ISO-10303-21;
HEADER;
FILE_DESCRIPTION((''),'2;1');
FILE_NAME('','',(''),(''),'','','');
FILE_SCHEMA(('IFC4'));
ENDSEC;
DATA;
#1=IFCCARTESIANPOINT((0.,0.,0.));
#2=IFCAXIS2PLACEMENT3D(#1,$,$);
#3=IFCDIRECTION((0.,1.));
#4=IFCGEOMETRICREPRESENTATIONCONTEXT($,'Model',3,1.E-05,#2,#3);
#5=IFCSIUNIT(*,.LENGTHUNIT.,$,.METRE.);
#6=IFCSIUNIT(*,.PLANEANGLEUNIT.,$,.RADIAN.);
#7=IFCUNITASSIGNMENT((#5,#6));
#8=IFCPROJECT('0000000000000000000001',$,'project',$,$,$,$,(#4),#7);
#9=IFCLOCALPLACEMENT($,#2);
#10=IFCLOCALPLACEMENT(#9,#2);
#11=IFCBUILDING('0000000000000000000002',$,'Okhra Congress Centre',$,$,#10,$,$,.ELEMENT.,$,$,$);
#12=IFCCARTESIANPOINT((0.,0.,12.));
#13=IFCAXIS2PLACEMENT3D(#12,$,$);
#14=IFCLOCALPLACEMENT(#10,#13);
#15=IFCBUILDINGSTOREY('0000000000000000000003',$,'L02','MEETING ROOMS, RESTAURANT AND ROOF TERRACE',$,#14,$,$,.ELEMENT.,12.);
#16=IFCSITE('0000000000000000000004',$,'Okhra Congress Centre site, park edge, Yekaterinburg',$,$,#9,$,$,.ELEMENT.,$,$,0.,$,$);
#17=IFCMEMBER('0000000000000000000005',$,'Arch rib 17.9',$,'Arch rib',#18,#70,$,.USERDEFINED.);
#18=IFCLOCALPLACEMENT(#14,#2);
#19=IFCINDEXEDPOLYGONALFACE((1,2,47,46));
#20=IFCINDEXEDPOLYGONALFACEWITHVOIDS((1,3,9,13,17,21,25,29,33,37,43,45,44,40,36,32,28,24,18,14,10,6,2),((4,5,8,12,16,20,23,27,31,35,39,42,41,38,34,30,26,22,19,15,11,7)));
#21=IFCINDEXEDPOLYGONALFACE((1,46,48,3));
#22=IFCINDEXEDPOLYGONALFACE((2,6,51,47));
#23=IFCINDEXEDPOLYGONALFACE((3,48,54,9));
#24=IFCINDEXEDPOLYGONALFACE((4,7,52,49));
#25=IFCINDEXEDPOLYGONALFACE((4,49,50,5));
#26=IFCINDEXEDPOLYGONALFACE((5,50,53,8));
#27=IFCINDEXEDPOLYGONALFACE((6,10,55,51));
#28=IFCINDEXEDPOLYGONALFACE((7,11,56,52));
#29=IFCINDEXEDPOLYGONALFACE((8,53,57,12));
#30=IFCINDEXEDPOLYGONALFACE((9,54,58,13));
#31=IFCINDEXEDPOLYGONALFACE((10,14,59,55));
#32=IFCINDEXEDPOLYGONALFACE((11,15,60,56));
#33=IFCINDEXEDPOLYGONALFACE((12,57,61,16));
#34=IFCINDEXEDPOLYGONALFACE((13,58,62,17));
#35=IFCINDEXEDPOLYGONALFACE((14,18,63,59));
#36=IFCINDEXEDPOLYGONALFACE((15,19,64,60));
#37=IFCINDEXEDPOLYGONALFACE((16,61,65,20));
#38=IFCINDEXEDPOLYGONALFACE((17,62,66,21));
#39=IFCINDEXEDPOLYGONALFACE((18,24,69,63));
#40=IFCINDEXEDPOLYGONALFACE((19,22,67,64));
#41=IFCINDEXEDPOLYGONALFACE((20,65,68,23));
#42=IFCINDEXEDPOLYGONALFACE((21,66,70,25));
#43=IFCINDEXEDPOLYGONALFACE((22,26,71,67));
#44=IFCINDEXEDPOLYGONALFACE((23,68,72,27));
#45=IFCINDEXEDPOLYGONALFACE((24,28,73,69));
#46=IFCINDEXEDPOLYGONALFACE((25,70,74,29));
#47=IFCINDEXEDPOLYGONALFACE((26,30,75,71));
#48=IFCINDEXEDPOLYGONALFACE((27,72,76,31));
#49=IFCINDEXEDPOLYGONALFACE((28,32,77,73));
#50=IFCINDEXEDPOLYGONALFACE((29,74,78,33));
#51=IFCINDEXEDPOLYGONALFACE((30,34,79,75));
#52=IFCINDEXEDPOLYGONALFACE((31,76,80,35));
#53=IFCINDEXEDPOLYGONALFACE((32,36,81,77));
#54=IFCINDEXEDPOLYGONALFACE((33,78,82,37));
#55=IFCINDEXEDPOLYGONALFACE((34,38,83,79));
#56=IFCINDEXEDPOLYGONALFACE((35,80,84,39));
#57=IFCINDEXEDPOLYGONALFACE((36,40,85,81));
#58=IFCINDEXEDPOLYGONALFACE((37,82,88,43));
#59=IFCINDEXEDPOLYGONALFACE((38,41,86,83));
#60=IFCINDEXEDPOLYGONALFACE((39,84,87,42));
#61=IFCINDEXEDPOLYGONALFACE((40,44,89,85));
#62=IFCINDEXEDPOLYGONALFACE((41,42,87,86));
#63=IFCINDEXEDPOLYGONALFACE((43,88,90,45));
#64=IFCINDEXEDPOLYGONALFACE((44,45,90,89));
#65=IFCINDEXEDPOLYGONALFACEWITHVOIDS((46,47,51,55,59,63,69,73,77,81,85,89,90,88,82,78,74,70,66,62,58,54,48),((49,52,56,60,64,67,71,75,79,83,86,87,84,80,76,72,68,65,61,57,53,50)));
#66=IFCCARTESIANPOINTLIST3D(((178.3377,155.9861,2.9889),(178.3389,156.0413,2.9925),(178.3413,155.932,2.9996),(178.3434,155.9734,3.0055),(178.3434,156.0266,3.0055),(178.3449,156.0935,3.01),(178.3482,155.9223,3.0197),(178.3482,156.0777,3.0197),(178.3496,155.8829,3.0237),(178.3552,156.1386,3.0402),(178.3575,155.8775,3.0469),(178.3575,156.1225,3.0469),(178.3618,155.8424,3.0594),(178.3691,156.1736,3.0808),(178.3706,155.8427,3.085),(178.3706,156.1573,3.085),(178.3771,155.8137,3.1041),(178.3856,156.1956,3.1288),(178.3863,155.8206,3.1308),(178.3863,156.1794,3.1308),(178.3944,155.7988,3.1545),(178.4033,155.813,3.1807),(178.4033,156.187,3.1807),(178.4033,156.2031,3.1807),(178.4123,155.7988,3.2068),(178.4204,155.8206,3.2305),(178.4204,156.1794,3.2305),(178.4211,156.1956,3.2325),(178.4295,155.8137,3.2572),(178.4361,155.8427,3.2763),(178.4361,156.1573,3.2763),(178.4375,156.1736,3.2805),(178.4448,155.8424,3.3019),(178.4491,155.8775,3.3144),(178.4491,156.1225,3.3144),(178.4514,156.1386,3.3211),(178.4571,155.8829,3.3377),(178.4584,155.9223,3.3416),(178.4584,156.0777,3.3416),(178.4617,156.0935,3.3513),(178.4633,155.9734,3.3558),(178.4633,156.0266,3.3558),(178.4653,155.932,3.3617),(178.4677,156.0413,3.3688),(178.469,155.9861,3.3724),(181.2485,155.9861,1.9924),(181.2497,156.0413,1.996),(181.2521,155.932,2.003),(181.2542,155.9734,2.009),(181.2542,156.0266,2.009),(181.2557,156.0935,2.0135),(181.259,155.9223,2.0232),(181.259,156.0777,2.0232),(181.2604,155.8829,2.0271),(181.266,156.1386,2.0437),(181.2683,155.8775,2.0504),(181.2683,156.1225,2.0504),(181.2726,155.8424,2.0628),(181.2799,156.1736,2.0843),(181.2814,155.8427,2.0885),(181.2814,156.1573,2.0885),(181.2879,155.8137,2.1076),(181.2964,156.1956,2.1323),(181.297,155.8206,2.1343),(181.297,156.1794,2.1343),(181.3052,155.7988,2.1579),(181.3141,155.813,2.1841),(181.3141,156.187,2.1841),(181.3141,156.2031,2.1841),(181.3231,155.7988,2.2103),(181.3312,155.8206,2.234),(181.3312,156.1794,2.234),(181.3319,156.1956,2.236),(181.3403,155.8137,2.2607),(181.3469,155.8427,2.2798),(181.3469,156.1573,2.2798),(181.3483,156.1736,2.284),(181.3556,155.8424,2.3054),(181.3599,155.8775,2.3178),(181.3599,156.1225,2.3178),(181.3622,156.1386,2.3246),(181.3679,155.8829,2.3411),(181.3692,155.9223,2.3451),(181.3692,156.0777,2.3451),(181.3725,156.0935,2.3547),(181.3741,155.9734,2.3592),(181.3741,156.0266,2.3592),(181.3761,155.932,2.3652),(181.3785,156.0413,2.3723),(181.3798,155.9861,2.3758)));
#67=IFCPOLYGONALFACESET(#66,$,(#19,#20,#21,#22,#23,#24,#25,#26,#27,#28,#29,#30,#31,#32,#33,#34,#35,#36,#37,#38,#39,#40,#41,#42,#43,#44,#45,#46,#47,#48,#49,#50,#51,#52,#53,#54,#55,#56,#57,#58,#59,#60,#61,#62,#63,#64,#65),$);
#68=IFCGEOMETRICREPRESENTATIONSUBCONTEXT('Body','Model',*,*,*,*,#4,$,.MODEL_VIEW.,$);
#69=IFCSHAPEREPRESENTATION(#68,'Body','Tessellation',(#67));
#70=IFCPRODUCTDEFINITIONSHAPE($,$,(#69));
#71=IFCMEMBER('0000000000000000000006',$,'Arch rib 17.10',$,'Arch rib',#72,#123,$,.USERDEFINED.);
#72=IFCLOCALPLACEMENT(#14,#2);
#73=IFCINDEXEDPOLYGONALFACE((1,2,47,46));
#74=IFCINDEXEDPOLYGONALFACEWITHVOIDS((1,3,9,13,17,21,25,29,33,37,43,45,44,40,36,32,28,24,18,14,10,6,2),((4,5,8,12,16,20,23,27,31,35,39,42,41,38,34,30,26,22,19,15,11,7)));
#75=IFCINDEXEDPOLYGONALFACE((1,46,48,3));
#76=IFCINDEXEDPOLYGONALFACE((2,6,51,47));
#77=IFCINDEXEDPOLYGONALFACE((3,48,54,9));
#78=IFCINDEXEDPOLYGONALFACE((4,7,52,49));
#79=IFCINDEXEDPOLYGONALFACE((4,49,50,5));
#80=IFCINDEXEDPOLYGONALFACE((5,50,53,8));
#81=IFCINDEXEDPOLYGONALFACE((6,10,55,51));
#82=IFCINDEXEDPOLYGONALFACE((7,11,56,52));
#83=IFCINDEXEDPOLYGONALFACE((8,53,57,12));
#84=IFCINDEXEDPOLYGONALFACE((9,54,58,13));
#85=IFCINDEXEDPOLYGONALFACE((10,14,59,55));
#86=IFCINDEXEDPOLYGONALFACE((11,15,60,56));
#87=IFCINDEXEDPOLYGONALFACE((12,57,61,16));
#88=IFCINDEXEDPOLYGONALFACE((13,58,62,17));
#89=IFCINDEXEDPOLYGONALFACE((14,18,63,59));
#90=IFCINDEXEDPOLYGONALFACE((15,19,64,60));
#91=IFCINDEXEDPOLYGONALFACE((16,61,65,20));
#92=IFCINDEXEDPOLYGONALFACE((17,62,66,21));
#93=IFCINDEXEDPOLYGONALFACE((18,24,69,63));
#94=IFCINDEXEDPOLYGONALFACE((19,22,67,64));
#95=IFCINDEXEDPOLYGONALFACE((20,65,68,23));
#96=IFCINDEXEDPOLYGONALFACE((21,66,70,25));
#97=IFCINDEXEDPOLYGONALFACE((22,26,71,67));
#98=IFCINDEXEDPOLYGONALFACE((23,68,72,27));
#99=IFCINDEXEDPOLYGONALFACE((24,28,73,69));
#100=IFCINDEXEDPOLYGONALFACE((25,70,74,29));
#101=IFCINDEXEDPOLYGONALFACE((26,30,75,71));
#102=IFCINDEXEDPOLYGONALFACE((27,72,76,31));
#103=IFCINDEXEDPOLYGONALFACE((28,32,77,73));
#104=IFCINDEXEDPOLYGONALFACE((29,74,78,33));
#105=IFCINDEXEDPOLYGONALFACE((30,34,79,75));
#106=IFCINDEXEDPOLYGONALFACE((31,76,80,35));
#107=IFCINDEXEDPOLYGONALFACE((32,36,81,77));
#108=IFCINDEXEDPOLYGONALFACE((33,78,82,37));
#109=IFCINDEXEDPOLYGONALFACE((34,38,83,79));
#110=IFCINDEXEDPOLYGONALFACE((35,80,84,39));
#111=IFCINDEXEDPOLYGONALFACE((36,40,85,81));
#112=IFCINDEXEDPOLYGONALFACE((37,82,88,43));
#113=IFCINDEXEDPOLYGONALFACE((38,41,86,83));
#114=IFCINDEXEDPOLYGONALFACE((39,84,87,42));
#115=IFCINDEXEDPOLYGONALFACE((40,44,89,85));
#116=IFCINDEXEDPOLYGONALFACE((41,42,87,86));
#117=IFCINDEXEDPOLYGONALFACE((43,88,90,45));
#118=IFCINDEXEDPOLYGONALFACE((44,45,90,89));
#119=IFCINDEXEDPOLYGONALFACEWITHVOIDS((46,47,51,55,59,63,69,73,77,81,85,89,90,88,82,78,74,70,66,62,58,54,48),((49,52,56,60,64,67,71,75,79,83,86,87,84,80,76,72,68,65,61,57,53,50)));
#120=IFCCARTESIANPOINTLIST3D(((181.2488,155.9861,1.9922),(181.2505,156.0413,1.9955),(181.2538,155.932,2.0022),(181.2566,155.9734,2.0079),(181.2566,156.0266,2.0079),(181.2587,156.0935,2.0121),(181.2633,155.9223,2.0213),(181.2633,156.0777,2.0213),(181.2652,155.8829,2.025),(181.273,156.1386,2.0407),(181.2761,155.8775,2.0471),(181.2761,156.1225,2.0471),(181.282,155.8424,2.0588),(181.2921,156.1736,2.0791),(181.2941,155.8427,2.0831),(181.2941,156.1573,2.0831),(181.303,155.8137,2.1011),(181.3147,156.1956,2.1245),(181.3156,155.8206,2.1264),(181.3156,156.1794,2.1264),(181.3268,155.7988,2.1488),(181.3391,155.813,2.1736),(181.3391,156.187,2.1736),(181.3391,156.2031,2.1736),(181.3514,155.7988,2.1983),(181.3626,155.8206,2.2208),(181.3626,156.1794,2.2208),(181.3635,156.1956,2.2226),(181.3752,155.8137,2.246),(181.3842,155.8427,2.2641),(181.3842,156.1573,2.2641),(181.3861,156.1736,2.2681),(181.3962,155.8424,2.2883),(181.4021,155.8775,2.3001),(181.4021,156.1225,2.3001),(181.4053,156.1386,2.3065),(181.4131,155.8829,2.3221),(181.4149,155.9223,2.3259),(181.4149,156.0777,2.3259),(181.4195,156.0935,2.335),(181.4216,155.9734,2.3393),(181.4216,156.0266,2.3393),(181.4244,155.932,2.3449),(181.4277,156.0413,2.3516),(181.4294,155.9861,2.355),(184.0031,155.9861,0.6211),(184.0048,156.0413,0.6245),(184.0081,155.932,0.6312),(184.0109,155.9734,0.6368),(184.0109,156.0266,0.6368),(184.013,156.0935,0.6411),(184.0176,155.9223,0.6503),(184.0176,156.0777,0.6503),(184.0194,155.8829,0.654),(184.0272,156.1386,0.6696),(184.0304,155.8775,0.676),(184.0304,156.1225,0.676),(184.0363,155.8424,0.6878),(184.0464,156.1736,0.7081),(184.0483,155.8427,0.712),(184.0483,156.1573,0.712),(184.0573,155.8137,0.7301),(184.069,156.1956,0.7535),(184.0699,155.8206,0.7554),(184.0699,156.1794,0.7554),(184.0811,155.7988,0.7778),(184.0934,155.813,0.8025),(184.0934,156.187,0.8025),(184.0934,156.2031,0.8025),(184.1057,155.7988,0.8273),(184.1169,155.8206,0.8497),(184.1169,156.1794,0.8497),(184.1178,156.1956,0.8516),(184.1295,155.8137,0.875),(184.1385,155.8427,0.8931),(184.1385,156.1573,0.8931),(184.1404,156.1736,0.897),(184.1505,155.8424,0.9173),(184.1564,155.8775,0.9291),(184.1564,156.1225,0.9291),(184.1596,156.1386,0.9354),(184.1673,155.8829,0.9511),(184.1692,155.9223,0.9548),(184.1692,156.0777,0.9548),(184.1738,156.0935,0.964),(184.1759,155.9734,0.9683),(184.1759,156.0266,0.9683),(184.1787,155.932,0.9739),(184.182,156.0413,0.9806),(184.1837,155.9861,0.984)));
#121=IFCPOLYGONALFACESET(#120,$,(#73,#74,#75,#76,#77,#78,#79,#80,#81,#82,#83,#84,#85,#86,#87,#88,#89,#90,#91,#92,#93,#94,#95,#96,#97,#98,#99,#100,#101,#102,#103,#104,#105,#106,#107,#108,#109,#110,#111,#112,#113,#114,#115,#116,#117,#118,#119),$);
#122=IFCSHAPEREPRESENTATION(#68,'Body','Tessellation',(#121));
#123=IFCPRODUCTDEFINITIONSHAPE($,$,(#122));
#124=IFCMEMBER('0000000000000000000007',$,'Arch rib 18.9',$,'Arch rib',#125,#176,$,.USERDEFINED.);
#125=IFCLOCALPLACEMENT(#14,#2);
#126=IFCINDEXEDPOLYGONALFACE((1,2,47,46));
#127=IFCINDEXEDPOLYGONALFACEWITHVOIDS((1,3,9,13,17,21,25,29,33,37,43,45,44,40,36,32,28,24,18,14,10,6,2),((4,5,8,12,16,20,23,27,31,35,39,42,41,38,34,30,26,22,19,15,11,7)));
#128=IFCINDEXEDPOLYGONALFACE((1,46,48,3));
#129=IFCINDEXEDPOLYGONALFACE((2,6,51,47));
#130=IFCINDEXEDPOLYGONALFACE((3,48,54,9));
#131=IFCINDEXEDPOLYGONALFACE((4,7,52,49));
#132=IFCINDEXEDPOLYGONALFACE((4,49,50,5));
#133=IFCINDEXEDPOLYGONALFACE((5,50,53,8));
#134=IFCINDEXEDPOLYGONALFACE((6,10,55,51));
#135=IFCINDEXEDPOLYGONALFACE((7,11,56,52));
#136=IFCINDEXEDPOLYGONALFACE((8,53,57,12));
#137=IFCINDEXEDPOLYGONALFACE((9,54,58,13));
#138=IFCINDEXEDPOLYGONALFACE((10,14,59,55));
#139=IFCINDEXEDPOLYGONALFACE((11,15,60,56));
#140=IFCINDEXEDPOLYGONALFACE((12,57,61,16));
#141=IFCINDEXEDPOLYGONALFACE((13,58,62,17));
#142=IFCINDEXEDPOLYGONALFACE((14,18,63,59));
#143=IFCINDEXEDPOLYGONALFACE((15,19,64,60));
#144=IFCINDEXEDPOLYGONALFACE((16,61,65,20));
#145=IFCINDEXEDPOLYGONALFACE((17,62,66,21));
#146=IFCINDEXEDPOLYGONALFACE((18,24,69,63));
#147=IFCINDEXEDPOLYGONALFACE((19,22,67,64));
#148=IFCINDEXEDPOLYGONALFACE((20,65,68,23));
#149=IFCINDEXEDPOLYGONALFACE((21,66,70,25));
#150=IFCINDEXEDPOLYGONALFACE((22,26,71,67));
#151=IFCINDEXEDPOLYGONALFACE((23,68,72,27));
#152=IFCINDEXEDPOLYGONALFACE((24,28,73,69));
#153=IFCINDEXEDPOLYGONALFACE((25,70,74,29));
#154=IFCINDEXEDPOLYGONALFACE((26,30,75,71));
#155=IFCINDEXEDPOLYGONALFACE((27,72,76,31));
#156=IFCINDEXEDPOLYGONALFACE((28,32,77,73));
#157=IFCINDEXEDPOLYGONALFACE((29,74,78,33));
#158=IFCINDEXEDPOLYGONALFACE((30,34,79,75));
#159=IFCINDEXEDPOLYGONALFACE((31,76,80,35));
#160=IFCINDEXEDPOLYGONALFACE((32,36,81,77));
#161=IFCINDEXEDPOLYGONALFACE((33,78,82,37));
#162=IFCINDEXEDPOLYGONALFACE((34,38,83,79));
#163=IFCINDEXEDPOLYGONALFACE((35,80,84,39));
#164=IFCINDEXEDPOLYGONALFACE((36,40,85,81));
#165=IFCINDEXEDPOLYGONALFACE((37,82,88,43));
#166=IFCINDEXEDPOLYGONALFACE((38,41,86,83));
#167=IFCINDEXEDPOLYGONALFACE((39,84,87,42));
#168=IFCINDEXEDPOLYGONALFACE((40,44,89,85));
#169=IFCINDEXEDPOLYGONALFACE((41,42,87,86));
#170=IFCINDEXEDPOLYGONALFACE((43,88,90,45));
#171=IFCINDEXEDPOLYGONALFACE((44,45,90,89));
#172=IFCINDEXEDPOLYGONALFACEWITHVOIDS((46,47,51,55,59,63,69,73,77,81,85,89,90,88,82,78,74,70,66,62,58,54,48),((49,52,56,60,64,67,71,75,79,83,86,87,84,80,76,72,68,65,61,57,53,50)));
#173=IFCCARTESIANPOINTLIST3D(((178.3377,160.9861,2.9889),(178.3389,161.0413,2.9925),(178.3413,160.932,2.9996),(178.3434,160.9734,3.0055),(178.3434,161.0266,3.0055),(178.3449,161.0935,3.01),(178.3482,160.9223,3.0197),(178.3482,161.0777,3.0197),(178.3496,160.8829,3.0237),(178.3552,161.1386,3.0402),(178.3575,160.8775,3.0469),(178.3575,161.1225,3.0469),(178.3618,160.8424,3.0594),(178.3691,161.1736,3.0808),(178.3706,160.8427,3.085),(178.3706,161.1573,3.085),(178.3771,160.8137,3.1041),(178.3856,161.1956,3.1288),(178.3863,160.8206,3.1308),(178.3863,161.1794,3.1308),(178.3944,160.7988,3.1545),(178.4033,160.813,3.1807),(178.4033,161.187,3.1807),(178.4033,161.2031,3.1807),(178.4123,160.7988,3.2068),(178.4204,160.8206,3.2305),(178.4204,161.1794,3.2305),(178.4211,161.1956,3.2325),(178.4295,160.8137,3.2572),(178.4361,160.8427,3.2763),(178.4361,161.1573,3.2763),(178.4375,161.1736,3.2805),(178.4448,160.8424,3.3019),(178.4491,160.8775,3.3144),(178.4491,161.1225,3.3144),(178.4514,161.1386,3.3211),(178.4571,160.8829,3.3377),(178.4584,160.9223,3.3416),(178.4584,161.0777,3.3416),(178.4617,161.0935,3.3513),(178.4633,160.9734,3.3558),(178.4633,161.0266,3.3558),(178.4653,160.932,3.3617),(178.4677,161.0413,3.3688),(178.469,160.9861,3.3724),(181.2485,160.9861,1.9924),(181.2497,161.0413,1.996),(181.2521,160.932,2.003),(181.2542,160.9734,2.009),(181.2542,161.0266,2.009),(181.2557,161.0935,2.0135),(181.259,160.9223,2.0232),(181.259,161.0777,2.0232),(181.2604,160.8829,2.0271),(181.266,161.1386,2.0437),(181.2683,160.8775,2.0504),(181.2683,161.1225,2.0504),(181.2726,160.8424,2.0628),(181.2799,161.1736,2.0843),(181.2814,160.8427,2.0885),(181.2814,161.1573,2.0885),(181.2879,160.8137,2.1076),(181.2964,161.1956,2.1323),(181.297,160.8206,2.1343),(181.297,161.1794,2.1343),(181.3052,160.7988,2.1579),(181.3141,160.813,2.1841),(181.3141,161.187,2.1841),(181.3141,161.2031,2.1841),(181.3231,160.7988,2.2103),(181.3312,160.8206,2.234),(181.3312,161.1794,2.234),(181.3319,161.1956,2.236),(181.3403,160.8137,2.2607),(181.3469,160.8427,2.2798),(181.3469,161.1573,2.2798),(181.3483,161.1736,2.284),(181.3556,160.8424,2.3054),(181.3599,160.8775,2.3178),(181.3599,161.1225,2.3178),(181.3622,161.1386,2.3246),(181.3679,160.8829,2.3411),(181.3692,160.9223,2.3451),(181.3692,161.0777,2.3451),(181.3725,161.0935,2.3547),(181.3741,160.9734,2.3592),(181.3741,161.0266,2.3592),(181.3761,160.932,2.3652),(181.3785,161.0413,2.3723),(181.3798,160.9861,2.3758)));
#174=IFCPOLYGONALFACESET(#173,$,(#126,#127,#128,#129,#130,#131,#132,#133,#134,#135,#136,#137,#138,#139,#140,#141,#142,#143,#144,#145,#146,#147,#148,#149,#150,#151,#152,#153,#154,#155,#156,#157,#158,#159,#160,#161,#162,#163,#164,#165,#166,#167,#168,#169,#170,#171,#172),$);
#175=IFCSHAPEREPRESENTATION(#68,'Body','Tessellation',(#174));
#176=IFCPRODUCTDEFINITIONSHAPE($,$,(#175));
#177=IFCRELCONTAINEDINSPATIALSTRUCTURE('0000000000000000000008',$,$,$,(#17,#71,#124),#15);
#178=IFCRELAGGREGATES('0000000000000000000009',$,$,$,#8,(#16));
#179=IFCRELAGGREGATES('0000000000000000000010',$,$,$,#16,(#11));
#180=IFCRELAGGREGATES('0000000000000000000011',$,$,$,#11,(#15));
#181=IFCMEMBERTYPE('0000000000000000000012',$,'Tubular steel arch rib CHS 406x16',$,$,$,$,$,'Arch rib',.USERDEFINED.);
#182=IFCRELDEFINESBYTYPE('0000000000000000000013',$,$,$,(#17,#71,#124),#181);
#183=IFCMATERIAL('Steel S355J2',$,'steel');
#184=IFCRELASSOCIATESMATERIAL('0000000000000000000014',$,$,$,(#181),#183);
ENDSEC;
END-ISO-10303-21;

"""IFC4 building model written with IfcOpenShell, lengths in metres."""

from ifc_helpers import new_model, si_unit, direction, frame, origin, origin_2d, place, context, subcontext, project, spatial, hollow_circle, extrude, material, material_profile, profile_set, type_object, element, save


model = new_model("IFC4")

# Units and contexts
model_context = context("Model", 3, precision=1e-05, world=origin(), true_north=direction((0.0, 1.0)))
body_context = subcontext(model_context, "Body", "Model", "MODEL_VIEW")
ifc_project = project(units=[si_unit("LENGTHUNIT", "METRE"), si_unit("PLANEANGLEUNIT", "RADIAN")], contexts=[model_context])

# Site, building, storey
site_placement = place(None, origin())
site = spatial("IfcSite", under=ifc_project, at=site_placement, Name="Okhra Congress Centre site, park edge, Yekaterinburg", CompositionType="ELEMENT", RefElevation=0.0)
building_placement = place(site_placement, origin())
building = spatial("IfcBuilding", under=site, at=building_placement, Name="Okhra Congress Centre", CompositionType="ELEMENT")
storey_placement = place(building_placement, frame((0.0, 0.0, 12.0)))
storey = spatial("IfcBuildingStorey", under=building, at=storey_placement, Name="L02", Description="MEETING ROOMS, RESTAURANT AND ROOF TERRACE", CompositionType="ELEMENT", Elevation=12.0)

# Members
ifc_material_1 = material(Name="Steel S355J2", Category="steel")
ifc_material_profile_1 = material_profile(ifc_material_1, hollow_circle(Radius=0.2031, WallThickness=0.0161, at=origin_2d()), Name="CHS 406.4x16")
ifc_profile_set_1 = profile_set([ifc_material_profile_1], Name="Steel S355J2")
member_type_1 = type_object("IfcMemberType", Name="Tubular steel arch rib CHS 406x16", ElementType="Arch rib", PredefinedType="USERDEFINED", material=ifc_profile_set_1)
for number, where, z_axis, x_axis, name in (
    (1, (178.4033, 156.0, 3.1807), (0.946089, 0.0, -0.323906), (0.0, 1.0, 0.0), "Arch rib 17.9"),
    (2, (181.3391, 156.0, 2.1736), (0.895219, 0.0, -0.445626), (0.0, 1.0, 0.0), "Arch rib 17.10"),
    (3, (178.4033, 161.0, 3.1807), (0.946089, 0.0, -0.323906), (0.0, 1.0, 0.0), "Arch rib 18.9"),
):
    element("IfcMember", number, at=place(storey_placement, frame(where, z_axis=z_axis, x_axis=x_axis)), inside=storey, type_object=member_type_1, Name=name, ObjectType="Arch rib", PredefinedType="USERDEFINED", context=body_context, shape_type="SweptSolid", body=[
        extrude(hollow_circle(Radius=0.2031, WallThickness=0.0161, at=origin_2d()), origin(), (0.0, 0.0, 1.0), 3.0767),
    ])

save(model, "model.ifc")
